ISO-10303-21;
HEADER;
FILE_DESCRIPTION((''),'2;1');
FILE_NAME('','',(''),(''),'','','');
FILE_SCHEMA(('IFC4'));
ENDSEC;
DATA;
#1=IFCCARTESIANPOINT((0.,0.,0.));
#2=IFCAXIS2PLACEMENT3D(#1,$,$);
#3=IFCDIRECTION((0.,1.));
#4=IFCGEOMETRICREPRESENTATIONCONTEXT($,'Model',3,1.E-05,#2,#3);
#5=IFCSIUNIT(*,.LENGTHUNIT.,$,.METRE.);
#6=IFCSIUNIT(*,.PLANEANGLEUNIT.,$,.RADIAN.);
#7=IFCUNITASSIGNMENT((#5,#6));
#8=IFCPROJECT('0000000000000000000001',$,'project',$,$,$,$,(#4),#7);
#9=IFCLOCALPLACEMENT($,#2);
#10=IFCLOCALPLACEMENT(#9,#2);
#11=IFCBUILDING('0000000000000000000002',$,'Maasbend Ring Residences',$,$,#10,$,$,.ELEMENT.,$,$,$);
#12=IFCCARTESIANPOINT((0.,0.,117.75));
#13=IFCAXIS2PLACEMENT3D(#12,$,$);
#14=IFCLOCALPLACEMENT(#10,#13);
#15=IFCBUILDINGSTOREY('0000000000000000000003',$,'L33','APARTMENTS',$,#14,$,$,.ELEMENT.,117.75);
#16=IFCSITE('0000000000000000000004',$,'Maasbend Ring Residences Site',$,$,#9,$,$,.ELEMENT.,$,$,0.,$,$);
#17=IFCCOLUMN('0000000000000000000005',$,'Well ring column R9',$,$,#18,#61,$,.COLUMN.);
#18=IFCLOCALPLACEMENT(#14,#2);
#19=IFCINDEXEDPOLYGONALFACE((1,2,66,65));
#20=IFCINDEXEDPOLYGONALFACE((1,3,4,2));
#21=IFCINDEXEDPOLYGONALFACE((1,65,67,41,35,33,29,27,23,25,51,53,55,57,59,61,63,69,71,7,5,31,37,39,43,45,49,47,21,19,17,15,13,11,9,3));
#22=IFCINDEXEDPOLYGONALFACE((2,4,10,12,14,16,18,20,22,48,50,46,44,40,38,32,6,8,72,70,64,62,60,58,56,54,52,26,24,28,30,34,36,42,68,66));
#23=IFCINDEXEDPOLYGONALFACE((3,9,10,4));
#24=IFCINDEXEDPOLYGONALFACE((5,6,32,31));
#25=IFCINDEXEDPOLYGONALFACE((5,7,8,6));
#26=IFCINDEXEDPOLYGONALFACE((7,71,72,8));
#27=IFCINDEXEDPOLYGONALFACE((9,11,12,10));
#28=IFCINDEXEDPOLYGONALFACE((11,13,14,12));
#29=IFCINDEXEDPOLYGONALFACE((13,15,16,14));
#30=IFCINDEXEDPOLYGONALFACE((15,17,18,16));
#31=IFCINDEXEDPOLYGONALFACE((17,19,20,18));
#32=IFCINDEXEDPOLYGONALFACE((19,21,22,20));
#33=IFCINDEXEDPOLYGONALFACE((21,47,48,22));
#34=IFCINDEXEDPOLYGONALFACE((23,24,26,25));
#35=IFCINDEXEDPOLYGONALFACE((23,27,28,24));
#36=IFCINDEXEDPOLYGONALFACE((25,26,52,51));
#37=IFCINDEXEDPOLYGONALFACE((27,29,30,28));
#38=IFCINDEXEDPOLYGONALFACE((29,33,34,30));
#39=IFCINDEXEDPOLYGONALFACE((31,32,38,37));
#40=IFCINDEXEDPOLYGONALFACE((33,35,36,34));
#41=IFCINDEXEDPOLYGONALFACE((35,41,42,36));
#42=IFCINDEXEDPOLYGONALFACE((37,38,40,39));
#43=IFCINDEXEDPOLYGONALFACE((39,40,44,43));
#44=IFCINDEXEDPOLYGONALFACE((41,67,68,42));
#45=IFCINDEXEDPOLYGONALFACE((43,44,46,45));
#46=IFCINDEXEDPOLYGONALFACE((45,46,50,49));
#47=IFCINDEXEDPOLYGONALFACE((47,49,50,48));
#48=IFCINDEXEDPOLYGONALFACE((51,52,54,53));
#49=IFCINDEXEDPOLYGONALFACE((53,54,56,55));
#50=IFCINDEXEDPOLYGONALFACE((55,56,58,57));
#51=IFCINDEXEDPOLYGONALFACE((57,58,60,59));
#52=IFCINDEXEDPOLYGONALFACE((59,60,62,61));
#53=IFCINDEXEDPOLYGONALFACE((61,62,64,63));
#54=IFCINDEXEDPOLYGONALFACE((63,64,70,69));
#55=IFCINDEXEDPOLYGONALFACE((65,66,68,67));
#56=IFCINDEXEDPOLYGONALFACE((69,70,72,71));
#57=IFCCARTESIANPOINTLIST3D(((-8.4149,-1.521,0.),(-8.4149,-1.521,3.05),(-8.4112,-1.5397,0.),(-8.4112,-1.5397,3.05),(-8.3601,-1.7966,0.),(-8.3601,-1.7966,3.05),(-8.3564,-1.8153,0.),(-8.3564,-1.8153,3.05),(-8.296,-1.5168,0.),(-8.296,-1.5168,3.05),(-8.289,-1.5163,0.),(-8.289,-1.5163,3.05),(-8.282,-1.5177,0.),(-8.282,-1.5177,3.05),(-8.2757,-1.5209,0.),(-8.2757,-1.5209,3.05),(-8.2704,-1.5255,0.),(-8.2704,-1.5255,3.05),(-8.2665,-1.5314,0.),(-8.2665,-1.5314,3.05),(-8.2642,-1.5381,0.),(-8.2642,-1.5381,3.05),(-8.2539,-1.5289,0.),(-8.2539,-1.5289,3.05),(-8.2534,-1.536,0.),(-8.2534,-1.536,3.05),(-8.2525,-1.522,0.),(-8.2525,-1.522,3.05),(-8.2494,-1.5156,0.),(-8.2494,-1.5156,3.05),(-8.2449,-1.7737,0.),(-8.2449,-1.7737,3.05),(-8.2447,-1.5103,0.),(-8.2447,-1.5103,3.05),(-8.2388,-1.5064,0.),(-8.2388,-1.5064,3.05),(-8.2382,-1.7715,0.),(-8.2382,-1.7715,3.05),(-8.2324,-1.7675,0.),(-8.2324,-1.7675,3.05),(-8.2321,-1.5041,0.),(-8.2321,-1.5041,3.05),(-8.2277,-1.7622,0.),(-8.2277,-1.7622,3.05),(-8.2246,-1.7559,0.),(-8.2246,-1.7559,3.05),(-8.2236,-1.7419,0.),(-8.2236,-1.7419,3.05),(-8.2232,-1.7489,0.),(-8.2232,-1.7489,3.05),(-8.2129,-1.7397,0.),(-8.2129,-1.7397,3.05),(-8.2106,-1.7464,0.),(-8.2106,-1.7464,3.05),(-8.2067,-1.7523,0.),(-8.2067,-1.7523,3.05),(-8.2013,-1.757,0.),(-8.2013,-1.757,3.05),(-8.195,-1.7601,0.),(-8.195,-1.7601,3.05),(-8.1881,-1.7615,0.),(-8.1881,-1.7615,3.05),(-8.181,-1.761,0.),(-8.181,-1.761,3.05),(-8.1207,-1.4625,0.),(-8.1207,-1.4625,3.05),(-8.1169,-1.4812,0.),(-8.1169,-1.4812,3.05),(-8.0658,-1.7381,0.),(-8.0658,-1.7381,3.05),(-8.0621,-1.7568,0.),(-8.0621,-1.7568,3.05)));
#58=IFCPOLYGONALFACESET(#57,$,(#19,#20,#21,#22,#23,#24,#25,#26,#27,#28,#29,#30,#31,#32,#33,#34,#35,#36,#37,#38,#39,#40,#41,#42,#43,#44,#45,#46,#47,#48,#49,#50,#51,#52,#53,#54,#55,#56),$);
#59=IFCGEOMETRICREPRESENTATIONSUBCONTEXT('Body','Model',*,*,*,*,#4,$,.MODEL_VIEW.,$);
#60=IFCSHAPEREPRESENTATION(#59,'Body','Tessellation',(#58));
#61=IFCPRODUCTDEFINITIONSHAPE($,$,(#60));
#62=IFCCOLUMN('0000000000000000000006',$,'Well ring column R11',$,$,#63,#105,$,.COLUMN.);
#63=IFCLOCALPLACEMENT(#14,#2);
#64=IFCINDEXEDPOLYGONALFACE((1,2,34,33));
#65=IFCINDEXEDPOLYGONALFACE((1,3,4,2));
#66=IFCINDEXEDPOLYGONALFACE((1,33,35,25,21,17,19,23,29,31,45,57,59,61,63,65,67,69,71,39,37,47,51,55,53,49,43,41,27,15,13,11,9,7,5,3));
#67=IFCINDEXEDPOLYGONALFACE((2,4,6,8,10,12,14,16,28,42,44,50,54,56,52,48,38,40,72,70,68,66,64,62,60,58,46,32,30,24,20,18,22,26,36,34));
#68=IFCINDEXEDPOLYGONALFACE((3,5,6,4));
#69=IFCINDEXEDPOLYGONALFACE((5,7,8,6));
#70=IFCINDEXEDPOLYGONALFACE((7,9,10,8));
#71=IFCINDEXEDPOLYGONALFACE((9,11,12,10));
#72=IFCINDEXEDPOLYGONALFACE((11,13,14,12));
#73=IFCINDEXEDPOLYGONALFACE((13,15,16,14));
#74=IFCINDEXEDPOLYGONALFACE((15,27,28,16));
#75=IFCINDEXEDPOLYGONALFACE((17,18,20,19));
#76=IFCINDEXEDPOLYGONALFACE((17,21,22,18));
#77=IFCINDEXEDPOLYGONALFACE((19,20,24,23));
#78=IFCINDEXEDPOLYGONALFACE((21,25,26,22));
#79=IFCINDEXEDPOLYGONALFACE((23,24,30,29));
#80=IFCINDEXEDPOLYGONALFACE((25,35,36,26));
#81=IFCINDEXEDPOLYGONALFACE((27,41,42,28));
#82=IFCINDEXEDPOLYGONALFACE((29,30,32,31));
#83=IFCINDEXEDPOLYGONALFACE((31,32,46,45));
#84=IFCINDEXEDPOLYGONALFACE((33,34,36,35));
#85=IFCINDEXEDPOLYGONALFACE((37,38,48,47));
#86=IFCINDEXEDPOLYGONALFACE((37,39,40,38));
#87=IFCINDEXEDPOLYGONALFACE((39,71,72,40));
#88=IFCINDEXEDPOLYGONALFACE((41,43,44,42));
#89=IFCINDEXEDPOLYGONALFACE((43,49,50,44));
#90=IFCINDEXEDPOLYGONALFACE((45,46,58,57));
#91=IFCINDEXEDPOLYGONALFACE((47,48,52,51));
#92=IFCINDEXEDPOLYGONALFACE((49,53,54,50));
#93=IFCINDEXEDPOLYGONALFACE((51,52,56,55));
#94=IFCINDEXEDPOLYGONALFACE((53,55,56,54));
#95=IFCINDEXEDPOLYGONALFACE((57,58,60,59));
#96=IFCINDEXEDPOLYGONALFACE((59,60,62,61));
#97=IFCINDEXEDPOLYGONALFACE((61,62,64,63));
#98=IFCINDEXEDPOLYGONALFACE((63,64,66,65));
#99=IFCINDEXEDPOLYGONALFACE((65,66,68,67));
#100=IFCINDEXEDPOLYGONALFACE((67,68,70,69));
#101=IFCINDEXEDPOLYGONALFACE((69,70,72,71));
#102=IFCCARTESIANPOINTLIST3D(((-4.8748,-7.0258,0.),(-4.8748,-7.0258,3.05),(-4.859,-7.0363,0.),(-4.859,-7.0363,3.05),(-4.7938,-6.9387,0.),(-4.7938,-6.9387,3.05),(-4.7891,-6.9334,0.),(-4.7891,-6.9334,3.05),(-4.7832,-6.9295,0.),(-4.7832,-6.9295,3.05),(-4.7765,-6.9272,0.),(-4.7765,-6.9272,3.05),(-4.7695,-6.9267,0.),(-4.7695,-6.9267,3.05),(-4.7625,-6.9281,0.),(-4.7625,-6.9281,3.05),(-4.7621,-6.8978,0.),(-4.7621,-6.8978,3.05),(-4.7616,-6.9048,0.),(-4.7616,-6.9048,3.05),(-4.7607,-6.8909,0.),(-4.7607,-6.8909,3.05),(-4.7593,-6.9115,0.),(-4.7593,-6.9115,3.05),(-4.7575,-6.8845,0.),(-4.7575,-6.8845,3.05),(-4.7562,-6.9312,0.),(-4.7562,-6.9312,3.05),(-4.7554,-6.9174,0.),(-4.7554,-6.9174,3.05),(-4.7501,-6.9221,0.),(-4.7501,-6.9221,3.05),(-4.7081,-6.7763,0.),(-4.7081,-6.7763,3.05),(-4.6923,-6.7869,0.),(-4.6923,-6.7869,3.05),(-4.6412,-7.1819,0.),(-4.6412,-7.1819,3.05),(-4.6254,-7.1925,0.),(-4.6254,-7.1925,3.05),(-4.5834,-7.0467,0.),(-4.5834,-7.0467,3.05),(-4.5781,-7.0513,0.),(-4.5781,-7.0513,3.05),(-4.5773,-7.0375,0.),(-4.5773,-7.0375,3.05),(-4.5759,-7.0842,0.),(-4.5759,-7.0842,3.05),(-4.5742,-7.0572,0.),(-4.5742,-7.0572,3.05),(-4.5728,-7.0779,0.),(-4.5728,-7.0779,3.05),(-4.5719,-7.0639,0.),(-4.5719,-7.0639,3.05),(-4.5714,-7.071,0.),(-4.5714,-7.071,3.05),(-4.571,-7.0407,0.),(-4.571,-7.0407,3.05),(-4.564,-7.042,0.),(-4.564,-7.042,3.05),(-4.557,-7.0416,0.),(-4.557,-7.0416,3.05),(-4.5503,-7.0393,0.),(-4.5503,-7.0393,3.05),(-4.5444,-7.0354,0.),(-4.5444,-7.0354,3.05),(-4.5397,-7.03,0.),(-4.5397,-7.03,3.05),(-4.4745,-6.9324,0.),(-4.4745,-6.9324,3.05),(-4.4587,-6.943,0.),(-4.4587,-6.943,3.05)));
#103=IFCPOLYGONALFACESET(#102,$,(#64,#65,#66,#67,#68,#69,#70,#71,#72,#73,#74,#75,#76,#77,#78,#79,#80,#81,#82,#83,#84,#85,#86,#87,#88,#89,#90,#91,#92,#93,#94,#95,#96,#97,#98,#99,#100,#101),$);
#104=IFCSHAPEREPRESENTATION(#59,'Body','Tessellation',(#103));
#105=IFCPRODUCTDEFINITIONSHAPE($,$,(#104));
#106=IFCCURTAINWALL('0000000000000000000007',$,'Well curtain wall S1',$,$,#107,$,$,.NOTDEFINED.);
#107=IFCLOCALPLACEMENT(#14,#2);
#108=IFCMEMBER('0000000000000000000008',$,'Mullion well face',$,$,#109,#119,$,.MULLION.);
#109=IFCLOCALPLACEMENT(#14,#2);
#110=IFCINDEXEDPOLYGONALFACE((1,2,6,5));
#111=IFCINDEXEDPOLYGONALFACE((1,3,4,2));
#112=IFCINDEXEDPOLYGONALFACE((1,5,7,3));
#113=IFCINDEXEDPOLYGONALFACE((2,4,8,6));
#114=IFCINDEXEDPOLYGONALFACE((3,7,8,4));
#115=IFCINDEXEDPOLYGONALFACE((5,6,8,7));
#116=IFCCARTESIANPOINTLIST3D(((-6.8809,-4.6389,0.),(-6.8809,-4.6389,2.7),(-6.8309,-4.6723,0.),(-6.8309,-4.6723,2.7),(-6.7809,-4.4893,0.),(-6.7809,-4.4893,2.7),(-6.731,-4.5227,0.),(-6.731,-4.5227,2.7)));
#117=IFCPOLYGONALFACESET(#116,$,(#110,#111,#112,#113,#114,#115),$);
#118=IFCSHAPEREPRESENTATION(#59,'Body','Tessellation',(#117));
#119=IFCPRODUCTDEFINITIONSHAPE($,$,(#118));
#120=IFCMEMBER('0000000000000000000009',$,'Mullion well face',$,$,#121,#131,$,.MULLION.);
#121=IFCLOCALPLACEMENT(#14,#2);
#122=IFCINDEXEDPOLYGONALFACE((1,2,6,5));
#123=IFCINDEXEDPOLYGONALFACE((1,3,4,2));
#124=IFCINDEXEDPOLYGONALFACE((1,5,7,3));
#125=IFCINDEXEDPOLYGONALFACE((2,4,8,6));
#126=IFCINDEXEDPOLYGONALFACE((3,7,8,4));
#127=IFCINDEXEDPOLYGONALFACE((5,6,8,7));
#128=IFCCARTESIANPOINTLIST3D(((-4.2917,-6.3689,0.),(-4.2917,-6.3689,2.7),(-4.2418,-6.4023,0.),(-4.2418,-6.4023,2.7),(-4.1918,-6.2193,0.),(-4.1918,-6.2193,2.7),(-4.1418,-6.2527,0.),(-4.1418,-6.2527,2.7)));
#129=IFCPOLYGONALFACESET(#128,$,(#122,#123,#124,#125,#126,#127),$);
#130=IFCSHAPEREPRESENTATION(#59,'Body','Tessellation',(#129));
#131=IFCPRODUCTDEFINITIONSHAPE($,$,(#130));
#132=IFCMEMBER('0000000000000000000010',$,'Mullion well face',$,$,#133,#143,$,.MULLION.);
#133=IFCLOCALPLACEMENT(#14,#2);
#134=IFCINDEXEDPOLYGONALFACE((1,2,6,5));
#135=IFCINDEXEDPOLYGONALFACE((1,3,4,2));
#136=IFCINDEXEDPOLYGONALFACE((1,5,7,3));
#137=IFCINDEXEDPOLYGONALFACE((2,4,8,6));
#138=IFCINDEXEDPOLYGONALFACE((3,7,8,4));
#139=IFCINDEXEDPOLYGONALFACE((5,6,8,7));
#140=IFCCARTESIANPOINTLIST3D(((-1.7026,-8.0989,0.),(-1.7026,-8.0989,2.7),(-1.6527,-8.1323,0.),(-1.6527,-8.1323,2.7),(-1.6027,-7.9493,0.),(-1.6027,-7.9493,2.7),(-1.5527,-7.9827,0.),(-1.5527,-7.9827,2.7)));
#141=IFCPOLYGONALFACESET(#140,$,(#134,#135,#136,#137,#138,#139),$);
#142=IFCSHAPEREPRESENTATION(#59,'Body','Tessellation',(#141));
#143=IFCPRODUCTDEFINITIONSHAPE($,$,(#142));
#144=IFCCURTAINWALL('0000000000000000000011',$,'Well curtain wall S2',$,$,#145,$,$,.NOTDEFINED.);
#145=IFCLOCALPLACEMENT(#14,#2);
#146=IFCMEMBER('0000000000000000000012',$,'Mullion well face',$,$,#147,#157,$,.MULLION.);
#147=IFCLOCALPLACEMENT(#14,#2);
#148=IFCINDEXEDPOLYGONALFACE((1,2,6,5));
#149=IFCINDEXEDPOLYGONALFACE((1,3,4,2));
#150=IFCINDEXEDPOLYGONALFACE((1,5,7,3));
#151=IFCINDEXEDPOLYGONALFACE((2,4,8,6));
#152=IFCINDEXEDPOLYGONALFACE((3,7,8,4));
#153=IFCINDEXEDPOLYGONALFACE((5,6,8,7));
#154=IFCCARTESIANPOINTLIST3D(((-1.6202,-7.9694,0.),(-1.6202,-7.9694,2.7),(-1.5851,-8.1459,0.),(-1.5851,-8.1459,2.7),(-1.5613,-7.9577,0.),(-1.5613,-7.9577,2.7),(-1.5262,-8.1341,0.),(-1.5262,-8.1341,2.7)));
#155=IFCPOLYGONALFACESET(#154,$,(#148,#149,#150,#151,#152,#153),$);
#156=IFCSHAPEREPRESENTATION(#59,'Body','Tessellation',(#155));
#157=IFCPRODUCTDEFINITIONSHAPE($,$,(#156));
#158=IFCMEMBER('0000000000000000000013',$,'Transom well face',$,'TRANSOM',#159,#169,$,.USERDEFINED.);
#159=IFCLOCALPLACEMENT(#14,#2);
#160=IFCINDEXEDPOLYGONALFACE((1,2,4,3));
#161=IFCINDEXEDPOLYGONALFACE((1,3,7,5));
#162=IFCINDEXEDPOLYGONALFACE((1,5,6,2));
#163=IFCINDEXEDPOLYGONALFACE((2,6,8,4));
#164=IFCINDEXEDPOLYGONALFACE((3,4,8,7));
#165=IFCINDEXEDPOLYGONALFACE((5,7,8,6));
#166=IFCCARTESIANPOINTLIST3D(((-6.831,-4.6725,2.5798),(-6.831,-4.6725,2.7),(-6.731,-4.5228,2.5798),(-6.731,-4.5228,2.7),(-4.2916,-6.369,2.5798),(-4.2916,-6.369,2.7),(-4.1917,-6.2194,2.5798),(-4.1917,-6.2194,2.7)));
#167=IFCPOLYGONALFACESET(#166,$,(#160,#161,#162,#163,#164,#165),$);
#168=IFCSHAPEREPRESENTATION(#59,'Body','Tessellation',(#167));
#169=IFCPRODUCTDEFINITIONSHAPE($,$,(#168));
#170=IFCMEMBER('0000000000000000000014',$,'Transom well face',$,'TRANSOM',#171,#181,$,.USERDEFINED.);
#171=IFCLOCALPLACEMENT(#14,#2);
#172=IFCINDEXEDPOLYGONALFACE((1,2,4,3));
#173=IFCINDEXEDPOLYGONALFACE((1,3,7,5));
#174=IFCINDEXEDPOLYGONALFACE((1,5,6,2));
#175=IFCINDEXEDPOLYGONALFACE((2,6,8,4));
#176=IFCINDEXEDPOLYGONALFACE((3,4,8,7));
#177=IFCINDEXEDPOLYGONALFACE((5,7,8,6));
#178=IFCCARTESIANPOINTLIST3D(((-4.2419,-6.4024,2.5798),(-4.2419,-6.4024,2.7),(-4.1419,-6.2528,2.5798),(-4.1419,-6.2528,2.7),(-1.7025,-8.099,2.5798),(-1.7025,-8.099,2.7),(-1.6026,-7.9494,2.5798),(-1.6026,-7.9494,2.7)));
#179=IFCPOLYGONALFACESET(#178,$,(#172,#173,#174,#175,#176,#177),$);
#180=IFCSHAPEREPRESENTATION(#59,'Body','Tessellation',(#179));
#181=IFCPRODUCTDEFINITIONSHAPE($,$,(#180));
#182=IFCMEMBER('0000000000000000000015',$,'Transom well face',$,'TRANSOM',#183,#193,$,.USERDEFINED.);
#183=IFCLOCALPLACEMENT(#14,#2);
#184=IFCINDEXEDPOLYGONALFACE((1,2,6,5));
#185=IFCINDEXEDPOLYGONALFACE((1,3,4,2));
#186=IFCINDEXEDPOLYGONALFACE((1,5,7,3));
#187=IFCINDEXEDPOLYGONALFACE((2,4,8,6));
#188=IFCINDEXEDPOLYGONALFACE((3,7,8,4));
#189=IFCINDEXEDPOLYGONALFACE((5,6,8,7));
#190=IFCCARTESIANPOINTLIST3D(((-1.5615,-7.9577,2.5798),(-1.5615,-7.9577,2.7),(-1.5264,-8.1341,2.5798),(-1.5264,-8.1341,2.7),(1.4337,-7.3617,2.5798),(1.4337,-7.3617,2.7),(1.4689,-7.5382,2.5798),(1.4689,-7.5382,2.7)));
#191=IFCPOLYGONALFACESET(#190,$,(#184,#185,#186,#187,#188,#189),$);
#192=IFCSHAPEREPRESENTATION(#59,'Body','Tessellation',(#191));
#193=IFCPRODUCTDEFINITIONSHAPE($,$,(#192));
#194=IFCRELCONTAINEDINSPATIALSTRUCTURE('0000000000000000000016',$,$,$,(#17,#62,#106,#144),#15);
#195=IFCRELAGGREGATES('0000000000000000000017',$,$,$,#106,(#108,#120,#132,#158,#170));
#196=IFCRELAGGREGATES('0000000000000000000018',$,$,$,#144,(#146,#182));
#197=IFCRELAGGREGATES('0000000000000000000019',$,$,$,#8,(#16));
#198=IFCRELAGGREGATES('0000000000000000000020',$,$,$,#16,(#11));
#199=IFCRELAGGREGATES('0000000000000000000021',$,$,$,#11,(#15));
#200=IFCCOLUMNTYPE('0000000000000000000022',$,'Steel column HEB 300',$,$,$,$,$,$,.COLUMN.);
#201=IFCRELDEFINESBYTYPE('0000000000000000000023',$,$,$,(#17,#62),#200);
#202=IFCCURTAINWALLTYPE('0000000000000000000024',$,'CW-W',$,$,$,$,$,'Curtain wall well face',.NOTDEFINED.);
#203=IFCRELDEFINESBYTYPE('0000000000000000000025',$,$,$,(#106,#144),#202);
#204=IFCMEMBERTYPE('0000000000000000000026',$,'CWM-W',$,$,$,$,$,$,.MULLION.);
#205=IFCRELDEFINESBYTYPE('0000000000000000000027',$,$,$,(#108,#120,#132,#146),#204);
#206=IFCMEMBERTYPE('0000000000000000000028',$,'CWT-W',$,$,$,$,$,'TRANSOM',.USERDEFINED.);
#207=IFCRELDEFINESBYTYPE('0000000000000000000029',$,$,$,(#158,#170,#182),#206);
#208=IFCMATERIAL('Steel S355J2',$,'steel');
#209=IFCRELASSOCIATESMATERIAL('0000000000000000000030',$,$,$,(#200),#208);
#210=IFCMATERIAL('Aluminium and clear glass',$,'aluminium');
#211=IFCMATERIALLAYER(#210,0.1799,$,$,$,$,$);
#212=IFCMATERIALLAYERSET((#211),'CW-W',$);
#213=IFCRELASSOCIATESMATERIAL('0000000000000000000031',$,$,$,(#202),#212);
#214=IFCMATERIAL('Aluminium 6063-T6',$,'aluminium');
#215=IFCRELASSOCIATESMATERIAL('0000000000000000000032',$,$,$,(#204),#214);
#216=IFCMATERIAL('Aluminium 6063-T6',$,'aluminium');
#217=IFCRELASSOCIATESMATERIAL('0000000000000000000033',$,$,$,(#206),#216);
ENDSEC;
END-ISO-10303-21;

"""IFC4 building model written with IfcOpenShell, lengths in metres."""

from ifc_helpers import new_model, si_unit, direction, frame, origin, origin_2d, place, context, subcontext, project, spatial, rectangle, i_section, extrude, material, layer, layer_set, material_profile, profile_set, type_object, element, aggregate, save


model = new_model("IFC4")

# Units and contexts
model_context = context("Model", 3, precision=1e-05, world=origin(), true_north=direction((0.0, 1.0)))
body_context = subcontext(model_context, "Body", "Model", "MODEL_VIEW")
ifc_project = project(units=[si_unit("LENGTHUNIT", "METRE"), si_unit("PLANEANGLEUNIT", "RADIAN")], contexts=[model_context])

# Site, building, storey
site_placement = place(None, origin())
site = spatial("IfcSite", under=ifc_project, at=site_placement, Name="Maasbend Ring Residences Site", CompositionType="ELEMENT", RefElevation=0.0)
building_placement = place(site_placement, origin())
building = spatial("IfcBuilding", under=site, at=building_placement, Name="Maasbend Ring Residences", CompositionType="ELEMENT")
storey_placement = place(building_placement, frame((0.0, 0.0, 117.75)))
storey = spatial("IfcBuildingStorey", under=building, at=storey_placement, Name="L33", Description="APARTMENTS", CompositionType="ELEMENT", Elevation=117.75)

# Columns
ifc_material_1 = material(Name="Steel S355J2", Category="steel")
ifc_material_profile_1 = material_profile(ifc_material_1, i_section(OverallWidth=0.3, OverallDepth=0.3, WebThickness=0.011, FlangeThickness=0.019, FilletRadius=0.0271, at=origin_2d()), Name="HEB 300")
ifc_profile_set_1 = profile_set([ifc_material_profile_1], Name="Steel S355J2")
column_type = type_object("IfcColumnType", Name="Steel column HEB 300", PredefinedType="COLUMN", material=ifc_profile_set_1)
for number, where, z_axis, x_axis, name in (
    (1, (-8.2385, -1.6389, 0.0), (0.0, 0.0, 1.0), (-0.980785, -0.19509, 0.0), "Well ring column R9"),
    (2, (-4.6667, -6.9844, 0.0), (0.0, 0.0, 1.0), (-0.55557, -0.83147, 0.0), "Well ring column R11"),
):
    element("IfcColumn", number, at=place(storey_placement, frame(where, z_axis=z_axis, x_axis=x_axis)), inside=storey, type_object=column_type, Name=name, PredefinedType="COLUMN", context=body_context, shape_type="SweptSolid", body=[
        extrude(i_section(OverallWidth=0.3, OverallDepth=0.3, WebThickness=0.011, FlangeThickness=0.019, FilletRadius=0.0271, at=origin_2d()), origin(), (0.0, 0.0, 1.0), 3.05),
    ])

# Curtain wall, members
ifc_material_2 = material(Name="Aluminium and clear glass", Category="aluminium")
ifc_layer_1 = layer(ifc_material_2, 0.1799)
ifc_layer_set_1 = layer_set([ifc_layer_1], Name="CW-W")
curtain_wall_type = type_object("IfcCurtainWallType", Name="CW-W", ElementType="Curtain wall well face", PredefinedType="NOTDEFINED", material=ifc_layer_set_1)
curtain_wall_1_placement = place(storey_placement, origin())
curtain_wall_1 = element("IfcCurtainWall", 3, at=curtain_wall_1_placement, inside=storey, type_object=curtain_wall_type, Name="Well curtain wall S1", PredefinedType="NOTDEFINED")
ifc_material_3 = material(Name="Aluminium 6063-T6", Category="aluminium")
ifc_material_profile_2 = material_profile(ifc_material_3, rectangle(XDim=0.1799, YDim=0.0601, at=origin_2d()), Name="AL 180x60")
ifc_profile_set_2 = profile_set([ifc_material_profile_2], Name="Aluminium 6063-T6")
member_type_1 = type_object("IfcMemberType", Name="CWM-W", PredefinedType="MULLION", material=ifc_profile_set_2)
member_1_placement = place(storey_placement, frame((-6.8059, -4.5808, 0.0), z_axis=(0.0, 0.0, 1.0), x_axis=(0.55557, 0.83147, 0.0)))
member_1 = element("IfcMember", 4, at=member_1_placement, type_object=member_type_1, Name="Mullion well face", PredefinedType="MULLION", context=body_context, shape_type="SweptSolid", body=[
    extrude(rectangle(XDim=0.1799, YDim=0.0601, at=origin_2d()), origin(), (0.0, 0.0, 1.0), 2.7),
])
member_2_placement = place(storey_placement, frame((-4.2168, -6.3108, 0.0), z_axis=(0.0, 0.0, 1.0), x_axis=(0.55557, 0.83147, 0.0)))
member_2 = element("IfcMember", 5, at=member_2_placement, type_object=member_type_1, Name="Mullion well face", PredefinedType="MULLION", context=body_context, shape_type="SweptSolid", body=[
    extrude(rectangle(XDim=0.1799, YDim=0.0601, at=origin_2d()), origin(), (0.0, 0.0, 1.0), 2.7),
])
member_3_placement = place(storey_placement, frame((-1.6277, -8.0408, 0.0), z_axis=(0.0, 0.0, 1.0), x_axis=(0.55557, 0.83147, 0.0)))
member_3 = element("IfcMember", 6, at=member_3_placement, type_object=member_type_1, Name="Mullion well face", PredefinedType="MULLION", context=body_context, shape_type="SweptSolid", body=[
    extrude(rectangle(XDim=0.1799, YDim=0.0601, at=origin_2d()), origin(), (0.0, 0.0, 1.0), 2.7),
])

# Curtain wall, member
curtain_wall_2_placement = place(storey_placement, origin())
curtain_wall_2 = element("IfcCurtainWall", 7, at=curtain_wall_2_placement, inside=storey, type_object=curtain_wall_type, Name="Well curtain wall S2", PredefinedType="NOTDEFINED")
member_4_placement = place(storey_placement, frame((-1.5732, -8.0518, 0.0), z_axis=(0.0, 0.0, 1.0), x_axis=(-0.19509, 0.980785, 0.0)))
member_4 = element("IfcMember", 8, at=member_4_placement, type_object=member_type_1, Name="Mullion well face", PredefinedType="MULLION", context=body_context, shape_type="SweptSolid", body=[
    extrude(rectangle(XDim=0.1799, YDim=0.0601, at=origin_2d()), origin(), (0.0, 0.0, 1.0), 2.7),
])

# Members
ifc_material_4 = material(Name="Aluminium 6063-T6", Category="aluminium")
ifc_material_profile_3 = material_profile(ifc_material_4, rectangle(XDim=0.1799, YDim=0.1201, at=origin_2d()), Name="AL 180x120")
ifc_profile_set_3 = profile_set([ifc_material_profile_3], Name="Aluminium 6063-T6")
member_type_2 = type_object("IfcMemberType", Name="CWT-W", ElementType="TRANSOM", PredefinedType="USERDEFINED", material=ifc_profile_set_3)
member_5_placement = place(storey_placement, frame((-6.781, -4.5977, 2.6399), z_axis=(0.831496, -0.55553, 0.0), x_axis=(0.55553, 0.831496, 0.0)))
member_5 = element("IfcMember", 9, at=member_5_placement, type_object=member_type_2, Name="Transom well face", ObjectType="TRANSOM", PredefinedType="USERDEFINED", context=body_context, shape_type="SweptSolid", body=[
    extrude(rectangle(XDim=0.1799, YDim=0.1201, at=origin_2d()), origin(), (0.0, 0.0, 1.0), 3.054),
])
member_6_placement = place(storey_placement, frame((-4.1919, -6.3276, 2.6399), z_axis=(0.831496, -0.55553, 0.0), x_axis=(0.55553, 0.831496, 0.0)))
member_6 = element("IfcMember", 10, at=member_6_placement, type_object=member_type_2, Name="Transom well face", ObjectType="TRANSOM", PredefinedType="USERDEFINED", context=body_context, shape_type="SweptSolid", body=[
    extrude(rectangle(XDim=0.1799, YDim=0.1201, at=origin_2d()), origin(), (0.0, 0.0, 1.0), 3.054),
])
member_7_placement = place(storey_placement, frame((-1.5439, -8.0459, 2.6399), z_axis=(0.980777, 0.195132, 0.0), x_axis=(-0.195132, 0.980777, 0.0)))
member_7 = element("IfcMember", 11, at=member_7_placement, type_object=member_type_2, Name="Transom well face", ObjectType="TRANSOM", PredefinedType="USERDEFINED", context=body_context, shape_type="SweptSolid", body=[
    extrude(rectangle(XDim=0.1799, YDim=0.1201, at=origin_2d()), origin(), (0.0, 0.0, 1.0), 3.054),
])

aggregate(curtain_wall_1, [member_1, member_2, member_3, member_5, member_6])
aggregate(curtain_wall_2, [member_4, member_7])

save(model, "model.ifc")
